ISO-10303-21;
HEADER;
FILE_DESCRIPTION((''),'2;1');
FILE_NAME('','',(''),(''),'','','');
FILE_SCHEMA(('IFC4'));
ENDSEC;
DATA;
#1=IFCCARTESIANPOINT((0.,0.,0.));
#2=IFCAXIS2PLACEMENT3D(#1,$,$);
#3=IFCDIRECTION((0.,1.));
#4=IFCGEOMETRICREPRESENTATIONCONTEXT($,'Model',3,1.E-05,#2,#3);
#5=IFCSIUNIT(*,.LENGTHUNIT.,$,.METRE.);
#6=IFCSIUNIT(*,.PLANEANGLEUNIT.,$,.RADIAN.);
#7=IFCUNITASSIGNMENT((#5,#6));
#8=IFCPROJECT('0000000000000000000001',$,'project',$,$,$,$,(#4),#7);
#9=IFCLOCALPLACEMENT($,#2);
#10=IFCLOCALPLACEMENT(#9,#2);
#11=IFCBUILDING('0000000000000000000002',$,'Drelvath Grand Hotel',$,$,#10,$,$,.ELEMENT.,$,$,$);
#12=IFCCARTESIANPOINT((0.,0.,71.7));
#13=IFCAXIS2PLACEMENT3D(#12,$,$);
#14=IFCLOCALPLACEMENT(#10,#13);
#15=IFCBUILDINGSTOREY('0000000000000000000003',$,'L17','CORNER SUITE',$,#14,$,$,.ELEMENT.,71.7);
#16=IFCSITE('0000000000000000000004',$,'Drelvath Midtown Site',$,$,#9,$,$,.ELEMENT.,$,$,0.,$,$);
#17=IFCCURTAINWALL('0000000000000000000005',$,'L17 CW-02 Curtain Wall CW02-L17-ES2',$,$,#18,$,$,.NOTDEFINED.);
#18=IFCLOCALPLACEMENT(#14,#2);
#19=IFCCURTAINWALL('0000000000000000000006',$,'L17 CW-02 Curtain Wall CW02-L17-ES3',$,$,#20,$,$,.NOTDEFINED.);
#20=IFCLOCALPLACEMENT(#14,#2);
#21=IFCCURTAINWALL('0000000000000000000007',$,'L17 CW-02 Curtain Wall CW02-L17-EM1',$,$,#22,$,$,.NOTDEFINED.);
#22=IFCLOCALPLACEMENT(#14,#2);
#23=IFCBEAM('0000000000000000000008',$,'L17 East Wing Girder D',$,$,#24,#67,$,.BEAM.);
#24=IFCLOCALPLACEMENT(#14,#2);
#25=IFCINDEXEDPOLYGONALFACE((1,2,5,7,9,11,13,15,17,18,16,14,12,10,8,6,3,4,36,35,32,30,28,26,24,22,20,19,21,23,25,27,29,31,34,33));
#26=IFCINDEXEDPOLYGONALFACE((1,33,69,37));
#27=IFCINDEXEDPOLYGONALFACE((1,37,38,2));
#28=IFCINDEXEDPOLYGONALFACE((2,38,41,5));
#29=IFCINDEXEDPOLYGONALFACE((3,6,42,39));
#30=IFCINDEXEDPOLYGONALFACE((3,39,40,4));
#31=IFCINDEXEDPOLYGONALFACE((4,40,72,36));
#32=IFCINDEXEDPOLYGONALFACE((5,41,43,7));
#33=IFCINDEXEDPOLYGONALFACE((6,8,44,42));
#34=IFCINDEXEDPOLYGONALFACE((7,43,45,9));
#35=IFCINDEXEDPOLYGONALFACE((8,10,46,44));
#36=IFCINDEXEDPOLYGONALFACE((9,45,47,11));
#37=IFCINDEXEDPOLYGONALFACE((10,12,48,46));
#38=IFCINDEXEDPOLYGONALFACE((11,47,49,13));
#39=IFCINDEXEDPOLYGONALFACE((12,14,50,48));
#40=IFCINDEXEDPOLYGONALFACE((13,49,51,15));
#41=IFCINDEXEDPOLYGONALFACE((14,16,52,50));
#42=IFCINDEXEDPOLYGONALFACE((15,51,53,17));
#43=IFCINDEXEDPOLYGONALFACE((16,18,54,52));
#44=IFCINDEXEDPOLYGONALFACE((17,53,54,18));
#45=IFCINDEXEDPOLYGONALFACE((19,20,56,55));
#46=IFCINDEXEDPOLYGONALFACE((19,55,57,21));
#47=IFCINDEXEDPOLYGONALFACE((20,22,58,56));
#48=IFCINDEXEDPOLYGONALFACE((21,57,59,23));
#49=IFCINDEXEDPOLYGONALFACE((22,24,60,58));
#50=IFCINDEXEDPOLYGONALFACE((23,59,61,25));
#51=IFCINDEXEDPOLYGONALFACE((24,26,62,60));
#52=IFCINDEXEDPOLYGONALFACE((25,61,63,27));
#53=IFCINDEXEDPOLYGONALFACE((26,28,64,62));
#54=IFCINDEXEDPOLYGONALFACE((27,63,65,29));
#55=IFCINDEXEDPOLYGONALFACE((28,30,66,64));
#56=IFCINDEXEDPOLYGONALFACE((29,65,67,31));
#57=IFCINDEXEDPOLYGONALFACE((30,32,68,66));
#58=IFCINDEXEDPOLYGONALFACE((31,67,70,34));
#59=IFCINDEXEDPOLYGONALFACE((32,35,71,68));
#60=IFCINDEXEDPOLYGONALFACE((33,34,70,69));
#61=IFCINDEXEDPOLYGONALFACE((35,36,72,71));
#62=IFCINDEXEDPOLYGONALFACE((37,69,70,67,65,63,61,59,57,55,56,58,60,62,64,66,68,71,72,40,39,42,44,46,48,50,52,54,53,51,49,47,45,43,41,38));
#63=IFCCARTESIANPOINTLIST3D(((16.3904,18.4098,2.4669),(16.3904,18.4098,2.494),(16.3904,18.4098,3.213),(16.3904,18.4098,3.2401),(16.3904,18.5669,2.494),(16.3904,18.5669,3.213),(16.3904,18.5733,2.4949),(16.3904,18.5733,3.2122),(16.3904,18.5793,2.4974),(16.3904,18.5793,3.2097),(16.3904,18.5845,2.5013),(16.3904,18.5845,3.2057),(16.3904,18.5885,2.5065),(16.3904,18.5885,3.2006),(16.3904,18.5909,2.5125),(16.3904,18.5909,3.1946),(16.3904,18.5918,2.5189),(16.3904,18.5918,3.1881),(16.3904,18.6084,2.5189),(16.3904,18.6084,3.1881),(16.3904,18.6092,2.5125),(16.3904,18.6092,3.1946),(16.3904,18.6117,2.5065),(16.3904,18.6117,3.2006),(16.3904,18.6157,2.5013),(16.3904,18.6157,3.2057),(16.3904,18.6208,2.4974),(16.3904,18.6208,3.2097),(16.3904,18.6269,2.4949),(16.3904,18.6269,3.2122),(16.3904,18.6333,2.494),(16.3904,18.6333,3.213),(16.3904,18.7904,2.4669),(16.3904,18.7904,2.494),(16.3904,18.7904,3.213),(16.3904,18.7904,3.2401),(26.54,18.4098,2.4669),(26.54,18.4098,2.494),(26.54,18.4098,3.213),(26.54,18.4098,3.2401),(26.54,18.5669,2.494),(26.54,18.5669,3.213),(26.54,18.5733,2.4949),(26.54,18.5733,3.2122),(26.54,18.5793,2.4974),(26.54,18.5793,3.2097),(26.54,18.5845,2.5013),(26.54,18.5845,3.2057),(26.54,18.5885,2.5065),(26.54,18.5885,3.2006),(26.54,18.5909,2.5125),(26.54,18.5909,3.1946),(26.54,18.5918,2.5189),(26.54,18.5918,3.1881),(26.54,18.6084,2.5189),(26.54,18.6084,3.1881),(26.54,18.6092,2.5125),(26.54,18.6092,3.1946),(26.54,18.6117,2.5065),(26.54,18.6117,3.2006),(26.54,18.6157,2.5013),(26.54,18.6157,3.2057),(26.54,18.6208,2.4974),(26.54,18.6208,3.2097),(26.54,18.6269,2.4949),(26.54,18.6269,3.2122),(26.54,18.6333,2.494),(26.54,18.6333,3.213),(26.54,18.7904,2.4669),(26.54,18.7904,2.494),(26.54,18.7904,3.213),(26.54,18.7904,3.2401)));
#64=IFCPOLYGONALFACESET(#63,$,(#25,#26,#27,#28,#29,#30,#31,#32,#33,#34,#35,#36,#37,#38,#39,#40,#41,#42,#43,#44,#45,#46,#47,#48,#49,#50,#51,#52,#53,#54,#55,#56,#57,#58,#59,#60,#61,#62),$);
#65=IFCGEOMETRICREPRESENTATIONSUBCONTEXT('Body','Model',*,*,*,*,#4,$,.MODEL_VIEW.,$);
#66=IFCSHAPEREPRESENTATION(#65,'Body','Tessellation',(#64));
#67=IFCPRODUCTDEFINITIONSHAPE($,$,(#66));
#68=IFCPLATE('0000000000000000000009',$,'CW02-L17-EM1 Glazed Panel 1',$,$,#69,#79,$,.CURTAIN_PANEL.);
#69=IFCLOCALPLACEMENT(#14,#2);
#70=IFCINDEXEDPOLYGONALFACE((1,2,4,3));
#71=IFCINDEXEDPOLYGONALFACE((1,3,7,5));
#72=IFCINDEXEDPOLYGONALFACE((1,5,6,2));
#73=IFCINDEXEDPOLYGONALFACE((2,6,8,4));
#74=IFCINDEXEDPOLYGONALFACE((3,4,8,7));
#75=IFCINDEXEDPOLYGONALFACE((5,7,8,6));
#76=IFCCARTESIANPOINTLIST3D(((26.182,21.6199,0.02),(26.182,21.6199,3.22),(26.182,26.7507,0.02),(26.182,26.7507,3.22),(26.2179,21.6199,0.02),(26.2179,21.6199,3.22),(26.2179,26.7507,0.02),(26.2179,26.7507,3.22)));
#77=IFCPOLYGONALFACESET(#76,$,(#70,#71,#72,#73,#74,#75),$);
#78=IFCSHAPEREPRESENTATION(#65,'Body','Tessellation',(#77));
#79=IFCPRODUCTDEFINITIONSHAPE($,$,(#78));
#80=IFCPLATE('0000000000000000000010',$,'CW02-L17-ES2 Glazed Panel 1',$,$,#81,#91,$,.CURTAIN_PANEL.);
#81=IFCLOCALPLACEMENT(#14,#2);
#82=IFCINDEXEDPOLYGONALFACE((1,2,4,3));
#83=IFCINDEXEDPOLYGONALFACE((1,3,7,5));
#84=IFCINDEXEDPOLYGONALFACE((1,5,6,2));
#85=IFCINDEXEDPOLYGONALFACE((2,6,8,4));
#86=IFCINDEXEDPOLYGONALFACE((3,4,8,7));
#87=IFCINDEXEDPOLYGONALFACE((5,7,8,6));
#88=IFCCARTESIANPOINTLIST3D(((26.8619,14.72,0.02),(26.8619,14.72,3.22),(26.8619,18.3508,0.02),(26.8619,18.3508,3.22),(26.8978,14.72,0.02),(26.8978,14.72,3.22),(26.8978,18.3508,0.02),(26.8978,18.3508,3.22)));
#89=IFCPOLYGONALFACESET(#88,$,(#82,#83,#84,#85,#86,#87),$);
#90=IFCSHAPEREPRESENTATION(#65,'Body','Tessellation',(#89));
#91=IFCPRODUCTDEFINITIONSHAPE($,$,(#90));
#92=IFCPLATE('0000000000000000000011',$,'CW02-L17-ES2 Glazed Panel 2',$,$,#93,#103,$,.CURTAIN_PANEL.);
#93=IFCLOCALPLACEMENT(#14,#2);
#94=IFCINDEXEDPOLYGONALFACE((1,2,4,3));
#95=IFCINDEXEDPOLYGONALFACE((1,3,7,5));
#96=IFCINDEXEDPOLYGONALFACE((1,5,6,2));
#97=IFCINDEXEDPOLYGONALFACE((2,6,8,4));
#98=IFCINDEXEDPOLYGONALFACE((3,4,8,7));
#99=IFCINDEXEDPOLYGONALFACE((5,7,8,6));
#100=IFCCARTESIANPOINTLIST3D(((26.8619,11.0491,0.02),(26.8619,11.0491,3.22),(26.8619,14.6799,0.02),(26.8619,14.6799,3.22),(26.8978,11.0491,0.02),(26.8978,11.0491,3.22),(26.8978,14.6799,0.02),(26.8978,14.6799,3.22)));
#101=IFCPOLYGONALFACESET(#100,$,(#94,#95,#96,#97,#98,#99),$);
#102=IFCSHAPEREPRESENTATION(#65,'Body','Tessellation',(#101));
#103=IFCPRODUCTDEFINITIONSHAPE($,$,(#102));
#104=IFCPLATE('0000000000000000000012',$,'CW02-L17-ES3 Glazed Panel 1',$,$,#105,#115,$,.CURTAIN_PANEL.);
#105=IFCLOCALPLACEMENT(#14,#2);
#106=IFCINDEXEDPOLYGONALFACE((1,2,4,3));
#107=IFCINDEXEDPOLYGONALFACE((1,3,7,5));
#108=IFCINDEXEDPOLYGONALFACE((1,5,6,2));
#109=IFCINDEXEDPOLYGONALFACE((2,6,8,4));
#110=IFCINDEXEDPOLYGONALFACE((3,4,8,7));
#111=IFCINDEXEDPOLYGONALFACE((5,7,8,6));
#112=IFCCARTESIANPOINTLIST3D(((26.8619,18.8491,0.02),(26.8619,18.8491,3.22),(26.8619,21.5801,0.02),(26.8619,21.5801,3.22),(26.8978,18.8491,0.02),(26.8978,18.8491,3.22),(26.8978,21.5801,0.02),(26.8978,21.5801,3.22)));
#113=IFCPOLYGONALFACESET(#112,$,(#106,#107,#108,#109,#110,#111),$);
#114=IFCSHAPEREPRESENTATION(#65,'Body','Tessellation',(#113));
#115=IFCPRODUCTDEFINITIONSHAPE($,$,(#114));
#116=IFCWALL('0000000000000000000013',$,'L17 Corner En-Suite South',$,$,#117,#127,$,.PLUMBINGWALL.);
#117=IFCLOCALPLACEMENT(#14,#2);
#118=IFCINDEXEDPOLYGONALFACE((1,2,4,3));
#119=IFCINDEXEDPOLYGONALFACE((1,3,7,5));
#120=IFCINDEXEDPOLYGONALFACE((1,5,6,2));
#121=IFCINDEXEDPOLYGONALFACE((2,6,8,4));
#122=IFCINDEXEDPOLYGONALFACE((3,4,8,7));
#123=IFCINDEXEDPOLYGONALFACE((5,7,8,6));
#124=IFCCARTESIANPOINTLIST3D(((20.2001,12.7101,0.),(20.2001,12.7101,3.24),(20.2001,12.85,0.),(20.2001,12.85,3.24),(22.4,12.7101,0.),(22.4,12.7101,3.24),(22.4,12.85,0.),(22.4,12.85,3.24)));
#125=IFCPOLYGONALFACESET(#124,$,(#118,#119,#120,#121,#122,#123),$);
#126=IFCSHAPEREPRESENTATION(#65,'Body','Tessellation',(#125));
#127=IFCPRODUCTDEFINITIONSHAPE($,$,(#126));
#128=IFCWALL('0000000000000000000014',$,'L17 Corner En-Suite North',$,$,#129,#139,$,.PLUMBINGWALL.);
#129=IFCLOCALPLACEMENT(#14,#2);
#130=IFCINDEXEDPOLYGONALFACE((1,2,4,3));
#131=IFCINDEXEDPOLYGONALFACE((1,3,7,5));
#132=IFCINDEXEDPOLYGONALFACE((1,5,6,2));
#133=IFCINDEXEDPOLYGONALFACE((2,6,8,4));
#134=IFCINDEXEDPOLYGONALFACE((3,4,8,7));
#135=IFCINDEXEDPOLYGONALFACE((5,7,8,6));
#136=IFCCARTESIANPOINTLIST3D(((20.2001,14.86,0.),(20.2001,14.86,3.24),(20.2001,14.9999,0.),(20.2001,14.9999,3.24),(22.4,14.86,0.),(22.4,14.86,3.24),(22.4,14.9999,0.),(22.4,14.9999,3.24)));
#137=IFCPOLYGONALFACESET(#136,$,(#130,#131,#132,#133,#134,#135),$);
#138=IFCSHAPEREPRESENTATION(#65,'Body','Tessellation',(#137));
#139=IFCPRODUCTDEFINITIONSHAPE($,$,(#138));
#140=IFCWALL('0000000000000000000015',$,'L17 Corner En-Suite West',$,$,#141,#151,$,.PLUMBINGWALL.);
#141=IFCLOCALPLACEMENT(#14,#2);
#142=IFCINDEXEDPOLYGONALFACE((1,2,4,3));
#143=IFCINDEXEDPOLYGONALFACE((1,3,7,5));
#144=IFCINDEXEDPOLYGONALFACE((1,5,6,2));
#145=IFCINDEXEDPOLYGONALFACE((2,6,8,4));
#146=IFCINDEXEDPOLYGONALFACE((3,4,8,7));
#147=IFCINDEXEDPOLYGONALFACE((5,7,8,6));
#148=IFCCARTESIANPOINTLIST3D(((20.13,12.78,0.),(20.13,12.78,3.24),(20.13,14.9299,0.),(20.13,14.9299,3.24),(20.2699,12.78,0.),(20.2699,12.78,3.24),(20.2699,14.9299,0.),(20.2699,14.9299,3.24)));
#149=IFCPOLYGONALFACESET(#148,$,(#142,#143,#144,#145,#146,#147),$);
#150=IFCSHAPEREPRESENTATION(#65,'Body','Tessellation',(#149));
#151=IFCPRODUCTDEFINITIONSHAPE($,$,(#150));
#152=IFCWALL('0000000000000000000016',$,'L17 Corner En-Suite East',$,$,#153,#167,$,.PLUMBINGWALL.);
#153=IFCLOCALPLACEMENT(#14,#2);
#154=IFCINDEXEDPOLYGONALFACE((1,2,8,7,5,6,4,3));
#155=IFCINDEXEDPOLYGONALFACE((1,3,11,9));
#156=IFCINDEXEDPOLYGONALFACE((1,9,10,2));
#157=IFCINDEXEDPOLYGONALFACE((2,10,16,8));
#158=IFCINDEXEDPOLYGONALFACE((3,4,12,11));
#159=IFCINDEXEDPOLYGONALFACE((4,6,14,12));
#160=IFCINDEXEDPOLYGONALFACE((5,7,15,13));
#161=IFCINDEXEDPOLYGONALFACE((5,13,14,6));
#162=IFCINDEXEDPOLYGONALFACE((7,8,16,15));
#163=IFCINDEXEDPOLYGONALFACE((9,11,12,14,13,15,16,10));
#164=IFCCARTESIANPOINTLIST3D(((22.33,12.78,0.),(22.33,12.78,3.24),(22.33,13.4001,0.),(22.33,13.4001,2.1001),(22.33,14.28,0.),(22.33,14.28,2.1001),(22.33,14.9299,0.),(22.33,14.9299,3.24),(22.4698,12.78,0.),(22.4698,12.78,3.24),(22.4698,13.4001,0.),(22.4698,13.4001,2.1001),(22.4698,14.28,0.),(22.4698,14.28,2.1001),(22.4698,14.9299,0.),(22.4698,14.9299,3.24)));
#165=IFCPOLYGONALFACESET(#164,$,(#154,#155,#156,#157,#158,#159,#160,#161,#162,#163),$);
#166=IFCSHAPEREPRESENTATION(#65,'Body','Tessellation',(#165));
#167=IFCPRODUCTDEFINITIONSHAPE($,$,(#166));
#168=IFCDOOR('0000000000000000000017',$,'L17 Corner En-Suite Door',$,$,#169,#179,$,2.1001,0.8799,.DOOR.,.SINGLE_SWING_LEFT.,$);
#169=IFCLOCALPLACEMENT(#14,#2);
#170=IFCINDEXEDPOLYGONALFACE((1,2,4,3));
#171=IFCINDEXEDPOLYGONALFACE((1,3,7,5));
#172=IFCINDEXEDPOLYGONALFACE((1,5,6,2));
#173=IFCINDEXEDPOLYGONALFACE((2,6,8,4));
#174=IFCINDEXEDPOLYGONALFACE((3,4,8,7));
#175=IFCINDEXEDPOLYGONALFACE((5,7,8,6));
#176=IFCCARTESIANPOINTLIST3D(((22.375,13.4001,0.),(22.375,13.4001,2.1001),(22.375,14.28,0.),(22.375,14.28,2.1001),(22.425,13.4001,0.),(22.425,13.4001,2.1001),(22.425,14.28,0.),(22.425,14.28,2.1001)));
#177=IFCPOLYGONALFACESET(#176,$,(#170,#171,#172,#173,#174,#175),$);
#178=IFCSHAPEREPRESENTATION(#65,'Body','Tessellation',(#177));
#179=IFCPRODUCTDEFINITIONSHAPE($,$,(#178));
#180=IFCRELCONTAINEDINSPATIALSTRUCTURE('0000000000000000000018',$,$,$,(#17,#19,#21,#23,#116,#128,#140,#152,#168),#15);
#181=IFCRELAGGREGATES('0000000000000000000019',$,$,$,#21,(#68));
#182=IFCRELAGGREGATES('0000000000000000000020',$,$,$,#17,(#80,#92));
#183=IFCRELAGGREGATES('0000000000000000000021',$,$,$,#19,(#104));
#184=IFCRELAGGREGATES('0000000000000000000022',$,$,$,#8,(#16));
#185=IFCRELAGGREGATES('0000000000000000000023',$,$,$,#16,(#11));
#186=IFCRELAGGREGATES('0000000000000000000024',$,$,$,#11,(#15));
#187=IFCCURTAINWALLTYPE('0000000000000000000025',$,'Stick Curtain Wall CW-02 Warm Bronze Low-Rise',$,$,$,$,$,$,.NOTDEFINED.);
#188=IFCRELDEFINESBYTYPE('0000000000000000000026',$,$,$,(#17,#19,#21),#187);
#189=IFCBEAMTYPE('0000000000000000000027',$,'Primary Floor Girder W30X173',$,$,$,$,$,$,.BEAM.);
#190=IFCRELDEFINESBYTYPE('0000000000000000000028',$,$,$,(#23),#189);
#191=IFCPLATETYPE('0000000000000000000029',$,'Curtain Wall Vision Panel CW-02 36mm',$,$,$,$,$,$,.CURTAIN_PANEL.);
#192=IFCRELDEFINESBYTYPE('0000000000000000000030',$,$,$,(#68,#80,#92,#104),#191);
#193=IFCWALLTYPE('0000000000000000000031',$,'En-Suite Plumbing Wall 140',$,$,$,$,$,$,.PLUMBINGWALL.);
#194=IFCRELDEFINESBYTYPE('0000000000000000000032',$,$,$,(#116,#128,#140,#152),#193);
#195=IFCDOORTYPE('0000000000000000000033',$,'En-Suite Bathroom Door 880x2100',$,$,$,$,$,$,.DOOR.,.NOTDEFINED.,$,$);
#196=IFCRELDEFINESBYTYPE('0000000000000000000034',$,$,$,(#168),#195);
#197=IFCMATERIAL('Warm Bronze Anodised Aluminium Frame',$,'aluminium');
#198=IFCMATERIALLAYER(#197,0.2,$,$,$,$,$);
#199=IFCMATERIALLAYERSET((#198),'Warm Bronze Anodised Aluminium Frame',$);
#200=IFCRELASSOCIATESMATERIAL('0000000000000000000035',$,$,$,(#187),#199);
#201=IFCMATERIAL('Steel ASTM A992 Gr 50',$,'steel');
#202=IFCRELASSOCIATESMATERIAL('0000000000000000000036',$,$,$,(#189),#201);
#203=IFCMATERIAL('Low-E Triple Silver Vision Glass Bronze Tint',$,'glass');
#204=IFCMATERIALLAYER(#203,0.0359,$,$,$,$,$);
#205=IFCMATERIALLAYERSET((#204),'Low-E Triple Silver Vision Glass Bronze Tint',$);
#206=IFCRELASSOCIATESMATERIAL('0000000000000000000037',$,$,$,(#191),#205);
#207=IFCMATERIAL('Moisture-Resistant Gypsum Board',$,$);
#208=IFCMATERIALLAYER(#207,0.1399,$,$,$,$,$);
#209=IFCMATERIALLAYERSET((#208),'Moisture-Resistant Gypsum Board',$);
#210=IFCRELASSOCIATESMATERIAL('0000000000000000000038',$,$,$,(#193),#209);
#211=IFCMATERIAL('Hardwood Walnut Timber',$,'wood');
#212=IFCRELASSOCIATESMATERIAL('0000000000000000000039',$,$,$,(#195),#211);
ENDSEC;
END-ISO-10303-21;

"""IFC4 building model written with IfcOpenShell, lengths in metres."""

from ifc_helpers import new_model, si_unit, direction, frame, frame_2d, origin, origin_2d, place, context, subcontext, project, spatial, rectangle, i_section, extrude, material, layer, layer_set, material_profile, profile_set, type_object, element, fill, aggregate, save


model = new_model("IFC4")

# Units and contexts
model_context = context("Model", 3, precision=1e-05, world=origin(), true_north=direction((0.0, 1.0)))
body_context = subcontext(model_context, "Body", "Model", "MODEL_VIEW")
ifc_project = project(units=[si_unit("LENGTHUNIT", "METRE"), si_unit("PLANEANGLEUNIT", "RADIAN")], contexts=[model_context])

# Site, building, storey
site_placement = place(None, origin())
site = spatial("IfcSite", under=ifc_project, at=site_placement, Name="Drelvath Midtown Site", CompositionType="ELEMENT", RefElevation=0.0)
building_placement = place(site_placement, origin())
building = spatial("IfcBuilding", under=site, at=building_placement, Name="Drelvath Grand Hotel", CompositionType="ELEMENT")
storey_placement = place(building_placement, frame((0.0, 0.0, 71.7)))
storey = spatial("IfcBuildingStorey", under=building, at=storey_placement, Name="L17", Description="CORNER SUITE", CompositionType="ELEMENT", Elevation=71.7)

# Curtain walls
ifc_material_1 = material(Name="Warm Bronze Anodised Aluminium Frame", Category="aluminium")
ifc_layer_1 = layer(ifc_material_1, 0.2)
ifc_layer_set_1 = layer_set([ifc_layer_1], Name="Warm Bronze Anodised Aluminium Frame")
curtain_wall_type = type_object("IfcCurtainWallType", Name="Stick Curtain Wall CW-02 Warm Bronze Low-Rise", PredefinedType="NOTDEFINED", material=ifc_layer_set_1)
curtain_wall_1_placement = place(storey_placement, origin())
curtain_wall_1 = element("IfcCurtainWall", 1, at=curtain_wall_1_placement, inside=storey, type_object=curtain_wall_type, Name="L17 CW-02 Curtain Wall CW02-L17-ES2", PredefinedType="NOTDEFINED")
curtain_wall_2_placement = place(storey_placement, origin())
curtain_wall_2 = element("IfcCurtainWall", 2, at=curtain_wall_2_placement, inside=storey, type_object=curtain_wall_type, Name="L17 CW-02 Curtain Wall CW02-L17-ES3", PredefinedType="NOTDEFINED")
curtain_wall_3_placement = place(storey_placement, origin())
curtain_wall_3 = element("IfcCurtainWall", 3, at=curtain_wall_3_placement, inside=storey, type_object=curtain_wall_type, Name="L17 CW-02 Curtain Wall CW02-L17-EM1", PredefinedType="NOTDEFINED")

# Beam
ifc_material_2 = material(Name="Steel ASTM A992 Gr 50", Category="steel")
ifc_material_profile_1 = material_profile(ifc_material_2, i_section(OverallWidth=0.3806, OverallDepth=0.7732, WebThickness=0.0166, FlangeThickness=0.0271, FilletRadius=0.0249, at=origin_2d()), Name="W30X173")
ifc_profile_set_1 = profile_set([ifc_material_profile_1], Name="Steel ASTM A992 Gr 50")
beam_type_1 = type_object("IfcBeamType", Name="Primary Floor Girder W30X173", PredefinedType="BEAM", material=ifc_profile_set_1)
beam_1_placement = place(storey_placement, frame((16.3904, 18.6001, 2.8535), z_axis=(1.0, 0.0, 0.0), x_axis=(0.0, 1.0, 0.0)))
element("IfcBeam", 4, at=beam_1_placement, inside=storey, type_object=beam_type_1, Name="L17 East Wing Girder D", PredefinedType="BEAM", context=body_context, shape_type="SweptSolid", body=[
    extrude(i_section(OverallWidth=0.3806, OverallDepth=0.7732, WebThickness=0.0166, FlangeThickness=0.0271, FilletRadius=0.0249, at=origin_2d()), origin(), (0.0, 0.0, 1.0), 10.1497),
])

# Plates
ifc_material_3 = material(Name="Low-E Triple Silver Vision Glass Bronze Tint", Category="glass")
ifc_layer_2 = layer(ifc_material_3, 0.0359)
ifc_layer_set_2 = layer_set([ifc_layer_2], Name="Low-E Triple Silver Vision Glass Bronze Tint")
plate_type = type_object("IfcPlateType", Name="Curtain Wall Vision Panel CW-02 36mm", PredefinedType="CURTAIN_PANEL", material=ifc_layer_set_2)
plate_1_placement = place(storey_placement, frame((26.2, 24.1853, 0.02), z_axis=(0.0, 0.0, 1.0), x_axis=(0.0, -1.0, 0.0)))
plate_1 = element("IfcPlate", 5, at=plate_1_placement, type_object=plate_type, Name="CW02-L17-EM1 Glazed Panel 1", PredefinedType="CURTAIN_PANEL", context=body_context, shape_type="SweptSolid", body=[
    extrude(rectangle(XDim=5.1309, YDim=0.0359, at=origin_2d()), origin(), (0.0, 0.0, 1.0), 3.2),
])
aggregate(curtain_wall_3, [plate_1])
plate_2_placement = place(storey_placement, frame((26.8799, 16.5354, 0.02), z_axis=(0.0, 0.0, 1.0), x_axis=(0.0, -1.0, 0.0)))
plate_2 = element("IfcPlate", 6, at=plate_2_placement, type_object=plate_type, Name="CW02-L17-ES2 Glazed Panel 1", PredefinedType="CURTAIN_PANEL", context=body_context, shape_type="SweptSolid", body=[
    extrude(rectangle(XDim=3.6309, YDim=0.0359, at=origin_2d()), origin(), (0.0, 0.0, 1.0), 3.2),
])
plate_3_placement = place(storey_placement, frame((26.8799, 12.8645, 0.02), z_axis=(0.0, 0.0, 1.0), x_axis=(0.0, -1.0, 0.0)))
plate_3 = element("IfcPlate", 7, at=plate_3_placement, type_object=plate_type, Name="CW02-L17-ES2 Glazed Panel 2", PredefinedType="CURTAIN_PANEL", context=body_context, shape_type="SweptSolid", body=[
    extrude(rectangle(XDim=3.6309, YDim=0.0359, at=origin_2d()), origin(), (0.0, 0.0, 1.0), 3.2),
])
aggregate(curtain_wall_1, [plate_2, plate_3])
plate_4_placement = place(storey_placement, frame((26.8799, 20.2146, 0.02), z_axis=(0.0, 0.0, 1.0), x_axis=(0.0, -1.0, 0.0)))
plate_4 = element("IfcPlate", 8, at=plate_4_placement, type_object=plate_type, Name="CW02-L17-ES3 Glazed Panel 1", PredefinedType="CURTAIN_PANEL", context=body_context, shape_type="SweptSolid", body=[
    extrude(rectangle(XDim=2.731, YDim=0.0359, at=origin_2d()), origin(), (0.0, 0.0, 1.0), 3.2),
])
aggregate(curtain_wall_2, [plate_4])

# Shared definitions
ifc_material_4 = material(Name="Hardwood Walnut Timber", Category="wood")

# Walls
ifc_material_5 = material(Name="Moisture-Resistant Gypsum Board")
ifc_layer_3 = layer(ifc_material_5, 0.1399)
ifc_layer_set_3 = layer_set([ifc_layer_3], Name="Moisture-Resistant Gypsum Board")
wall_type_1 = type_object("IfcWallType", Name="En-Suite Plumbing Wall 140", PredefinedType="PLUMBINGWALL", material=ifc_layer_set_3)
for number, where, z_axis, x_axis, name in (
    (9, (20.2, 12.78, 0.0), (0.0, 0.0, 1.0), (1.0, 0.0, 0.0), "L17 Corner En-Suite South"),
    (10, (20.2, 14.9299, 0.0), (0.0, 0.0, 1.0), (1.0, 0.0, 0.0), "L17 Corner En-Suite North"),
):
    element("IfcWall", number, at=place(storey_placement, frame(where, z_axis=z_axis, x_axis=x_axis)), inside=storey, type_object=wall_type_1, Name=name, PredefinedType="PLUMBINGWALL", context=body_context, shape_type="SweptSolid", body=[
        extrude(rectangle(XDim=2.2, YDim=0.1399, at=frame_2d((1.1001, 0.0))), origin(), (0.0, 0.0, 1.0), 3.24),
    ])
wall_1_placement = place(storey_placement, frame((20.2, 12.78, 0.0), z_axis=(0.0, 0.0, 1.0), x_axis=(0.0, 1.0, 0.0)))
element("IfcWall", 11, at=wall_1_placement, inside=storey, type_object=wall_type_1, Name="L17 Corner En-Suite West", PredefinedType="PLUMBINGWALL", context=body_context, shape_type="SweptSolid", body=[
    extrude(rectangle(XDim=2.1499, YDim=0.1399, at=frame_2d((1.075, 0.0))), origin(), (0.0, 0.0, 1.0), 3.24),
])

# Wall, opening, door
wall_2_placement = place(storey_placement, frame((22.3999, 12.78, 0.0), z_axis=(0.0, 0.0, 1.0), x_axis=(0.0, 1.0, 0.0)))
wall_2 = element("IfcWall", 12, at=wall_2_placement, inside=storey, type_object=wall_type_1, Name="L17 Corner En-Suite East", PredefinedType="PLUMBINGWALL", context=body_context, shape_type="SweptSolid", body=[
    extrude(rectangle(XDim=2.1499, YDim=0.1399, at=frame_2d((1.075, 0.0))), origin(), (0.0, 0.0, 1.0), 3.24),
])
opening_1_placement = place(wall_2_placement, frame((0.6201, 0.0, 0.0)))
opening_1 = element("IfcOpeningElement", 13, at=opening_1_placement, cuts=wall_2, PredefinedType="OPENING", context=body_context, shape_type="SweptSolid", body=[
    extrude(rectangle(XDim=0.8799, YDim=2.1001, at=frame_2d((0.4399, 1.05))), frame((0.0, 0.0798, 0.0), z_axis=(0.0, -1.0, 0.0), x_axis=(1.0, 0.0, 0.0)), (0.0, 0.0, 1.0), 0.1599),
])
door_type_1 = type_object("IfcDoorType", Name="En-Suite Bathroom Door 880x2100", OperationType="NOTDEFINED", PredefinedType="DOOR", material=ifc_material_4)
door_1_placement = place(opening_1_placement, origin())
door_1 = element("IfcDoor", 14, at=door_1_placement, inside=storey, type_object=door_type_1, Name="L17 Corner En-Suite Door", OperationType="SINGLE_SWING_LEFT", OverallHeight=2.1001, OverallWidth=0.8799, PredefinedType="DOOR", context=body_context, shape_type="SweptSolid", body=[
    extrude(rectangle(XDim=0.8799, YDim=2.1001, at=frame_2d((0.4399, 1.05))), frame((0.0, 0.0249, 0.0), z_axis=(0.0, -1.0, 0.0), x_axis=(1.0, 0.0, 0.0)), (0.0, 0.0, 1.0), 0.05),
])
fill(opening_1, door_1)

save(model, "model.ifc")
